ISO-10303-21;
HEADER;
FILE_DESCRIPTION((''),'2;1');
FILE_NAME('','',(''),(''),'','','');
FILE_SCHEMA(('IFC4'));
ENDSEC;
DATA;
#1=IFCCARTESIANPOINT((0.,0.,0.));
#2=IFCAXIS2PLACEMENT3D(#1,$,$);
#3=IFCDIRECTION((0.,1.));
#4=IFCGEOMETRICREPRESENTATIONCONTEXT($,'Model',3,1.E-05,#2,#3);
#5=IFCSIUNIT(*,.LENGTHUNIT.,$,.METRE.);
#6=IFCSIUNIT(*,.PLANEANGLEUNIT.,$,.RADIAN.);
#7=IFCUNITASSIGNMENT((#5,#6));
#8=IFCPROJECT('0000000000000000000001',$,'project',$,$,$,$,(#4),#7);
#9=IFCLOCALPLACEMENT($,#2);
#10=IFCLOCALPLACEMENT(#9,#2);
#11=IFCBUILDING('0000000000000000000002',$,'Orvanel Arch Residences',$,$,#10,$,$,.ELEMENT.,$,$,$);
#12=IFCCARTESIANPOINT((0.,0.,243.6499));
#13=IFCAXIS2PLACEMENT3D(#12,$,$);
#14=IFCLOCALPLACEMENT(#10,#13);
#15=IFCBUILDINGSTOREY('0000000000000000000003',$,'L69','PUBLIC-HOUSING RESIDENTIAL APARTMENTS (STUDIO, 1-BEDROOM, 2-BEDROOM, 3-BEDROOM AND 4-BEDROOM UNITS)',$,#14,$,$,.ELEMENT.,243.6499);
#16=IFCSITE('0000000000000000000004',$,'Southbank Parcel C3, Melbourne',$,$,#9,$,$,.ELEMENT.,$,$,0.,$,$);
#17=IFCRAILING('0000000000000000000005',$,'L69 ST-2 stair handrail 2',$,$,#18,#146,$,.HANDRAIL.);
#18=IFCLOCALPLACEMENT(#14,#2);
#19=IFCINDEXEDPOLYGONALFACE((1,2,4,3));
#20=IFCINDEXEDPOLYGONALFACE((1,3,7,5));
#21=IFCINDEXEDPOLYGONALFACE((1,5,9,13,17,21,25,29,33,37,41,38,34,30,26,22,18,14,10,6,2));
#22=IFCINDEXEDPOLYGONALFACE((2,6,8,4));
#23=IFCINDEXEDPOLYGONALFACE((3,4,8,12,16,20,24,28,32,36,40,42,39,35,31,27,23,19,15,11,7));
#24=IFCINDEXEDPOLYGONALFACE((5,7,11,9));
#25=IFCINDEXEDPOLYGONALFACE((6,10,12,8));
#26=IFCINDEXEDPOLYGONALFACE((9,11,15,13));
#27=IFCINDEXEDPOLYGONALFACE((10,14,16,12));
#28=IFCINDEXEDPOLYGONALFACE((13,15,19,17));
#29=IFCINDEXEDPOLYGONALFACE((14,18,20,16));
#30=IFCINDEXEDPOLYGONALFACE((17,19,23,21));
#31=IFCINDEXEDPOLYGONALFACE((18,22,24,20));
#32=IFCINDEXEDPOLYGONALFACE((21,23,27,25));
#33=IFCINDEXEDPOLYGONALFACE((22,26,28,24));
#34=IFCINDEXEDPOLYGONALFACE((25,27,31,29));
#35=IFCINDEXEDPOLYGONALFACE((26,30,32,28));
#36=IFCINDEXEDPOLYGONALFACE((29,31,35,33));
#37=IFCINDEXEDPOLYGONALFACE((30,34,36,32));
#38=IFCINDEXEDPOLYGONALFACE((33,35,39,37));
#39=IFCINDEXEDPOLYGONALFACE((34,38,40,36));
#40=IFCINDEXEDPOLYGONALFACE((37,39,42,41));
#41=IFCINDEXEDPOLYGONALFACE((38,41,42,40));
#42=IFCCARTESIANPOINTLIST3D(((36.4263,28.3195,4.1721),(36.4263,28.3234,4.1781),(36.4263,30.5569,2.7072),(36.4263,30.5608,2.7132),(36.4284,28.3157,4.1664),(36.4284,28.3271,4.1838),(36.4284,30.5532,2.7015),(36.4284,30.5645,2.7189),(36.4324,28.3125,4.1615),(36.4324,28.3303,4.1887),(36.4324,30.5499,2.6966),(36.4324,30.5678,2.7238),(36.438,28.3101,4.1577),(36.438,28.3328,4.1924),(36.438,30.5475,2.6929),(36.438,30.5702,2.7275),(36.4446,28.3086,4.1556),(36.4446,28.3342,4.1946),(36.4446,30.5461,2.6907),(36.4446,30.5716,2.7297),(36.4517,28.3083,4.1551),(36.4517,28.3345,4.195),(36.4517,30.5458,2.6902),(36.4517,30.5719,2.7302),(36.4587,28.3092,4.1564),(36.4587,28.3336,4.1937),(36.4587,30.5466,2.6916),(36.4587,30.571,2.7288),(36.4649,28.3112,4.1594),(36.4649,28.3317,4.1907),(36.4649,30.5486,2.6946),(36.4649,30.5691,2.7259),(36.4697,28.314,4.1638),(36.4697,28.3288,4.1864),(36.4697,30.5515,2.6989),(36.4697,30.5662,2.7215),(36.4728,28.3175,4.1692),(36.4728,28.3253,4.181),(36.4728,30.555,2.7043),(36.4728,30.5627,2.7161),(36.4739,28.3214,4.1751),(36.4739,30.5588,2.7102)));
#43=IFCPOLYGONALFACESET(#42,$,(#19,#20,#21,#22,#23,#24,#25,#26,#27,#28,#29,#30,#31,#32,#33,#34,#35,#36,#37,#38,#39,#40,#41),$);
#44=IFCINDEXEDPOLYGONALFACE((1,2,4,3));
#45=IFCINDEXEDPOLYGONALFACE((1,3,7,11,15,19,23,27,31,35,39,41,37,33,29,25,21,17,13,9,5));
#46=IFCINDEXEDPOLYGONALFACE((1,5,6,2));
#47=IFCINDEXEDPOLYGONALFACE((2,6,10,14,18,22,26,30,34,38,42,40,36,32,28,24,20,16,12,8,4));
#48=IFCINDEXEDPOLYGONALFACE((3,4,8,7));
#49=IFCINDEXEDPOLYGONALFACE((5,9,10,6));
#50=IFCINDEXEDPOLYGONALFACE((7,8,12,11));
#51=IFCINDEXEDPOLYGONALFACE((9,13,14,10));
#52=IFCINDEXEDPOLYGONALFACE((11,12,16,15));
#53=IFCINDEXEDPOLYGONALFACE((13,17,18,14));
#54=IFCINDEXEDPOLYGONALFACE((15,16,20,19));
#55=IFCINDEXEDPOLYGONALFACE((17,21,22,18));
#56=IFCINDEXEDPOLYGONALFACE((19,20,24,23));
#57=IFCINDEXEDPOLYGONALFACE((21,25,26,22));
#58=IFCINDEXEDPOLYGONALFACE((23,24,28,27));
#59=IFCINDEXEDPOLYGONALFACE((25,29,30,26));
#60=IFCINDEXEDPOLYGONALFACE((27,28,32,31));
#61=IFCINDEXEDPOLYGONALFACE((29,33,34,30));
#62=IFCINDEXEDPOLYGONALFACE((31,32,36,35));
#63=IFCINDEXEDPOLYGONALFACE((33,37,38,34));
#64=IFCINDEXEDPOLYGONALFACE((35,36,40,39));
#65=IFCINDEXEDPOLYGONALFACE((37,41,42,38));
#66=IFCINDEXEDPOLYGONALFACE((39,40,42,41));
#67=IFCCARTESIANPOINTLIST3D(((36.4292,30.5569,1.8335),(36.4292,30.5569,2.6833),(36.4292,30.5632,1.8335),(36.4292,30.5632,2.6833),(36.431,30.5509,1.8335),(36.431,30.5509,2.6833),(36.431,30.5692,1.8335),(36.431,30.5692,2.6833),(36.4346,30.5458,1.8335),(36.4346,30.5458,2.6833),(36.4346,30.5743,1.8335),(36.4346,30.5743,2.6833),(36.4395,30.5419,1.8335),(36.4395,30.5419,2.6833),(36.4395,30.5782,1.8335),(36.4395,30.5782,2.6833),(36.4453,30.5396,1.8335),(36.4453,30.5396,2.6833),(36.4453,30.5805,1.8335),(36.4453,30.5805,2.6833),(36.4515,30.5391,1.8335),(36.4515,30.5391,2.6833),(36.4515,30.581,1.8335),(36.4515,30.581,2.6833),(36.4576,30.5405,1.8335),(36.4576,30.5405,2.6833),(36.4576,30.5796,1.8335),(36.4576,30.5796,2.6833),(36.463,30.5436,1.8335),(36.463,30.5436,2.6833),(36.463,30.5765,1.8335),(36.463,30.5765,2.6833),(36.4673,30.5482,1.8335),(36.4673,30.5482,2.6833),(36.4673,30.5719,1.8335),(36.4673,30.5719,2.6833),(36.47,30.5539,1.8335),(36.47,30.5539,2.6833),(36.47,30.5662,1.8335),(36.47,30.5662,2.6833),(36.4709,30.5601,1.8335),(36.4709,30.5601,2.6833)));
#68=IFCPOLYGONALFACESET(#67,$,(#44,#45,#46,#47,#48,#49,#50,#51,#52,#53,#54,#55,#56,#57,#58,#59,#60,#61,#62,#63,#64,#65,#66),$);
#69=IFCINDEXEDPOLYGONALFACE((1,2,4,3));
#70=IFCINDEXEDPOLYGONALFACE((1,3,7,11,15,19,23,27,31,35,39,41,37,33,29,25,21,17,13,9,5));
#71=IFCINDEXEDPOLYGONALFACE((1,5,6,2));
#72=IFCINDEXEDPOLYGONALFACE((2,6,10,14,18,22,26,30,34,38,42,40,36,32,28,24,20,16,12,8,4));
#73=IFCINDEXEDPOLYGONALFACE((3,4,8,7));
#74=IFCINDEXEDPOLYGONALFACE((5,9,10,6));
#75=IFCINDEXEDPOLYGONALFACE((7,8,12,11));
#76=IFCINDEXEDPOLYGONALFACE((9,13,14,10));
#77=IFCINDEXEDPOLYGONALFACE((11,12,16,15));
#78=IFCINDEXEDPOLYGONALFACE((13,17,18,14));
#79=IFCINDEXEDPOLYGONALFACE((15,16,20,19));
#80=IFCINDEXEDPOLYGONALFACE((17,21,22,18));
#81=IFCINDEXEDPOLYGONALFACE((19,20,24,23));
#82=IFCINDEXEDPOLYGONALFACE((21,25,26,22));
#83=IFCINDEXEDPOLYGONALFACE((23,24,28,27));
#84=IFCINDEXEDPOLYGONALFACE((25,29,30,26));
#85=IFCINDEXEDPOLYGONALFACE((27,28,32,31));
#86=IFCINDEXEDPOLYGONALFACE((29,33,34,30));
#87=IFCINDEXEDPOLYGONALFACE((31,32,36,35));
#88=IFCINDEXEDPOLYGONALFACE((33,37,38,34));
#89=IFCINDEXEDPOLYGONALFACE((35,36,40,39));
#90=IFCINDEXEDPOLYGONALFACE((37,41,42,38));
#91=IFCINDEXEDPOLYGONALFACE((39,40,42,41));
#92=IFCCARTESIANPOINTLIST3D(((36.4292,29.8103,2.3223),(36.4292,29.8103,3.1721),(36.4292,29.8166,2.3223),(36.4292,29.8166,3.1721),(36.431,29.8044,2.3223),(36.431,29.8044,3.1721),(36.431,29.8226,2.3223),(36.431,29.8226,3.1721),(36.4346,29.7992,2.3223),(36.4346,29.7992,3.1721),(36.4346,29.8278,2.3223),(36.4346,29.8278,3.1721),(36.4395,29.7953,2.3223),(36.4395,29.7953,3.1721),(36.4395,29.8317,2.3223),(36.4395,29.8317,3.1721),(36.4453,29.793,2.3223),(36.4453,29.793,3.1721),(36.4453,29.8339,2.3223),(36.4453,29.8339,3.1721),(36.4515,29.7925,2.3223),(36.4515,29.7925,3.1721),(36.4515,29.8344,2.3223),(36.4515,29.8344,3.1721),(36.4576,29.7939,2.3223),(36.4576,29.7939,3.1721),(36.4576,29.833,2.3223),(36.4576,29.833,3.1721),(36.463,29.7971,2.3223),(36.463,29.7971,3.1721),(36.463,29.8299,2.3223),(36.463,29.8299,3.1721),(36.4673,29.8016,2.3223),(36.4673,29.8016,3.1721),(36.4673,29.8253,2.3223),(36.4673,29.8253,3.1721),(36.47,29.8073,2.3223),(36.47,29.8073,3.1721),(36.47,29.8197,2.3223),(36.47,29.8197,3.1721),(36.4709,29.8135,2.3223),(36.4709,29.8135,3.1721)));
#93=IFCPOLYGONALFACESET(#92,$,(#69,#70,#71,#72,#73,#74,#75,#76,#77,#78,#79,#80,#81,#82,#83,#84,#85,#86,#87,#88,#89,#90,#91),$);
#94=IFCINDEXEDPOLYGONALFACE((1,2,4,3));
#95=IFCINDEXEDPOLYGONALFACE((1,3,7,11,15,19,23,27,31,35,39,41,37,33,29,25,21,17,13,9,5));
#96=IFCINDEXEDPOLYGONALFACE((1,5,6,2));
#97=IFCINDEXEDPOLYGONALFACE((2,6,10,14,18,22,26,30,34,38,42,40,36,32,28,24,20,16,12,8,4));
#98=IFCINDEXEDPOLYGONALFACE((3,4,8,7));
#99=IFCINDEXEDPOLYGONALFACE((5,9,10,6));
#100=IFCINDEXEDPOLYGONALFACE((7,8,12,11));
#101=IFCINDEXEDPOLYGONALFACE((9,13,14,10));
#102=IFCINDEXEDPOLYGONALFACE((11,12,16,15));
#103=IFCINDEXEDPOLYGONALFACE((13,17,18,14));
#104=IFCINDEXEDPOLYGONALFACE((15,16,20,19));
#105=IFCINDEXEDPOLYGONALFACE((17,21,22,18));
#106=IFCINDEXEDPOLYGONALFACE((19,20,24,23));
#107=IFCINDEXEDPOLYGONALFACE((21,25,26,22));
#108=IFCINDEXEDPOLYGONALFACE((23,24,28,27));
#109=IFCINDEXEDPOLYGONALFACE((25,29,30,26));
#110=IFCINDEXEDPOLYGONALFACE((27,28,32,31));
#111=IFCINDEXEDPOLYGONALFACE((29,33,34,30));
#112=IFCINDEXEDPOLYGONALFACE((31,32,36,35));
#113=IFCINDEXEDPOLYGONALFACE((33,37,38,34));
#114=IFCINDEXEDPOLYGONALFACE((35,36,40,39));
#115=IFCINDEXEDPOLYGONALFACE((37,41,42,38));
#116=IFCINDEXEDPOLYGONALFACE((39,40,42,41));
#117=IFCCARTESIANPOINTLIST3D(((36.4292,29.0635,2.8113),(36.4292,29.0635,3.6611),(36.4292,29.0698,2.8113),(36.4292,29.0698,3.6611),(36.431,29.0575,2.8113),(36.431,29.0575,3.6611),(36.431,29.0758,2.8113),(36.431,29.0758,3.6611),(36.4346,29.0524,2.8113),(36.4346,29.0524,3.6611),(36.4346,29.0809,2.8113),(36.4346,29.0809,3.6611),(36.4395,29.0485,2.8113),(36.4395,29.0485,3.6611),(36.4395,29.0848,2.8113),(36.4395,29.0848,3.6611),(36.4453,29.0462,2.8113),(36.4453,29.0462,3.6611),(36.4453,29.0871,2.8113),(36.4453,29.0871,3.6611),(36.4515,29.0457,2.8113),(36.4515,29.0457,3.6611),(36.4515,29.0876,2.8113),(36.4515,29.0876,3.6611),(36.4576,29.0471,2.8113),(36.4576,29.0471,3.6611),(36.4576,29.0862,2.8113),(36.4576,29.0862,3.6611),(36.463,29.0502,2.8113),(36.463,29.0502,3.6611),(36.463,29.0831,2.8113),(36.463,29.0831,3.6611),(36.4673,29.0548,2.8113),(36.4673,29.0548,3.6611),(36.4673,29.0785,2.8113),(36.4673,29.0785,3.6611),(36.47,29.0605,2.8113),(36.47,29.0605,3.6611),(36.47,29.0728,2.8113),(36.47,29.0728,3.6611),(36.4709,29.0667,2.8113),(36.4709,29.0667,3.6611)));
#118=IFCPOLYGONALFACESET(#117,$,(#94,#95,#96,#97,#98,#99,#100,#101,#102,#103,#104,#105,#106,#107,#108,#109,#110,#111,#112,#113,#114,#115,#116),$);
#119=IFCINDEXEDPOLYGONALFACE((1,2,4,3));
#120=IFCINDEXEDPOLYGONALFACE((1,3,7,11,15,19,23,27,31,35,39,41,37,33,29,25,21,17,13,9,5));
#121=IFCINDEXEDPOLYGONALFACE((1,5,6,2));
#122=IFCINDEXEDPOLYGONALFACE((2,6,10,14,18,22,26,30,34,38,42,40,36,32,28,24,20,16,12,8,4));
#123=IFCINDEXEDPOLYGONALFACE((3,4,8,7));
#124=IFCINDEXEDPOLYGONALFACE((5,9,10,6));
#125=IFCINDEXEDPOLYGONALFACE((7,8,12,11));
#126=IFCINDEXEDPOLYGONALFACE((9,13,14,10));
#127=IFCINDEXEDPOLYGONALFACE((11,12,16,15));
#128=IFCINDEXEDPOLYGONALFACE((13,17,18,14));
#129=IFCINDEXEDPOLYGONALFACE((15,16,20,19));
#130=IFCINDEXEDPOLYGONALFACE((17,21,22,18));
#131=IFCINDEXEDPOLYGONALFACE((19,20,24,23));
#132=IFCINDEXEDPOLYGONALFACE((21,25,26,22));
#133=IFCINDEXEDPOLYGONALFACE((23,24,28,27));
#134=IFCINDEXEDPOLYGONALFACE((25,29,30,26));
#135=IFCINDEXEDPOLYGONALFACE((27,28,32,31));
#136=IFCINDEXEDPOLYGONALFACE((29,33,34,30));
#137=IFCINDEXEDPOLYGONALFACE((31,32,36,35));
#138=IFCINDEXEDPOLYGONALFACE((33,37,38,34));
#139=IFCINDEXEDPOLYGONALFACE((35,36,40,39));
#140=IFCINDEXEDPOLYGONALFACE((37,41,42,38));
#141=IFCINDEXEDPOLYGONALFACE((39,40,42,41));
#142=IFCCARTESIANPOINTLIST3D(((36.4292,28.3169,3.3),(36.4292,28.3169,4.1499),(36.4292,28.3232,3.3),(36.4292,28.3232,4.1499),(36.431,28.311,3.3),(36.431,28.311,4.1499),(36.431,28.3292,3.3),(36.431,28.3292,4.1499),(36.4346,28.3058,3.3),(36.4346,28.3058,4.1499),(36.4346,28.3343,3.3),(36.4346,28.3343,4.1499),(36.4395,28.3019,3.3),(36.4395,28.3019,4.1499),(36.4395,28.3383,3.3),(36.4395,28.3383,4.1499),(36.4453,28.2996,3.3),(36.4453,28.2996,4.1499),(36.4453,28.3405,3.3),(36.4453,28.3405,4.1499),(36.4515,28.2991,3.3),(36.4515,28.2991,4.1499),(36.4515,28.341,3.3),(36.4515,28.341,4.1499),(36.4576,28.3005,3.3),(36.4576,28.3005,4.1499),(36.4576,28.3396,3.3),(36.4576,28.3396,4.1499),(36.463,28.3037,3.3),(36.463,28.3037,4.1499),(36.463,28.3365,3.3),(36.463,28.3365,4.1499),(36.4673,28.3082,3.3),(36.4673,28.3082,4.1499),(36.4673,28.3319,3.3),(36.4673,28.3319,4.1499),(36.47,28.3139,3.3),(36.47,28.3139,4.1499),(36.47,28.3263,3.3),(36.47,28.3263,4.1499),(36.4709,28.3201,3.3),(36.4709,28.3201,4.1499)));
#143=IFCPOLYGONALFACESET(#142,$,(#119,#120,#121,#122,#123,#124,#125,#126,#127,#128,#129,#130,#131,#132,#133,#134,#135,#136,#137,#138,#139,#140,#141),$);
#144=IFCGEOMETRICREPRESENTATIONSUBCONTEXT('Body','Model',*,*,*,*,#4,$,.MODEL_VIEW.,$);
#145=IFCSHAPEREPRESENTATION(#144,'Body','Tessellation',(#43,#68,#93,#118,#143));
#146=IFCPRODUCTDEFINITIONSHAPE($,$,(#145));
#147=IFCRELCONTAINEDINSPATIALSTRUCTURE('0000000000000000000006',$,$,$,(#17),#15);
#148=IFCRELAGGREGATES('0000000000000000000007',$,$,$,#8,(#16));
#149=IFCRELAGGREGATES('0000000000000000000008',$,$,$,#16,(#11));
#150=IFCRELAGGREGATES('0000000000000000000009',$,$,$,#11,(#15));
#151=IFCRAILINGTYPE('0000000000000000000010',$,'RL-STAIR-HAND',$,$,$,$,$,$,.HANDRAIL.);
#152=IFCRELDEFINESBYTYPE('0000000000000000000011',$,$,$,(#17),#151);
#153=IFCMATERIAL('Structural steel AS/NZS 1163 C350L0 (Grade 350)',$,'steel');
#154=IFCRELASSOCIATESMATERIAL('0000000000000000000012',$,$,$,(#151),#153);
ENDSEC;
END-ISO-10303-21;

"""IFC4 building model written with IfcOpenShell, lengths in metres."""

from ifc_helpers import new_model, si_unit, direction, frame, origin, origin_2d, place, context, subcontext, project, spatial, circle, extrude, material, type_object, element, save


model = new_model("IFC4")

# Units and contexts
model_context = context("Model", 3, precision=1e-05, world=origin(), true_north=direction((0.0, 1.0)))
body_context = subcontext(model_context, "Body", "Model", "MODEL_VIEW")
ifc_project = project(units=[si_unit("LENGTHUNIT", "METRE"), si_unit("PLANEANGLEUNIT", "RADIAN")], contexts=[model_context])

# Site, building, storey
site_placement = place(None, origin())
site = spatial("IfcSite", under=ifc_project, at=site_placement, Name="Southbank Parcel C3, Melbourne", CompositionType="ELEMENT", RefElevation=0.0)
building_placement = place(site_placement, origin())
building = spatial("IfcBuilding", under=site, at=building_placement, Name="Orvanel Arch Residences", CompositionType="ELEMENT")
storey_placement = place(building_placement, frame((0.0, 0.0, 243.6499)))
storey = spatial("IfcBuildingStorey", under=building, at=storey_placement, Name="L69", Description="PUBLIC-HOUSING RESIDENTIAL APARTMENTS (STUDIO, 1-BEDROOM, 2-BEDROOM, 3-BEDROOM AND 4-BEDROOM UNITS)", CompositionType="ELEMENT", Elevation=243.6499)

# Shared definitions
ifc_material_1 = material(Name="Structural steel AS/NZS 1163 C350L0 (Grade 350)", Category="steel")

# Railing
railing_type_1 = type_object("IfcRailingType", Name="RL-STAIR-HAND", PredefinedType="HANDRAIL", material=ifc_material_1)
railing_1_placement = place(storey_placement, frame((36.45, 30.5601, 1.8335)))
element("IfcRailing", 1, at=railing_1_placement, inside=storey, type_object=railing_type_1, Name="L69 ST-2 stair handrail 2", PredefinedType="HANDRAIL", context=body_context, shape_type="SweptSolid", body=[
    extrude(circle(Radius=0.0239, at=origin_2d()), frame((0.0, -0.0012, 0.8767), z_axis=(0.0, -0.836637, 0.547758), x_axis=(1.0, 0.0, 0.0)), (0.0, 0.0, 1.0), 2.6743),
    extrude(circle(Radius=0.021, at=origin_2d()), origin(), (0.0, 0.0, 1.0), 0.8499),
    extrude(circle(Radius=0.021, at=origin_2d()), frame((0.0, -0.7466, 0.4888)), (0.0, 0.0, 1.0), 0.8499),
    extrude(circle(Radius=0.021, at=origin_2d()), frame((0.0, -1.4934, 0.9778)), (0.0, 0.0, 1.0), 0.8499),
    extrude(circle(Radius=0.021, at=origin_2d()), frame((0.0, -2.24, 1.4666)), (0.0, 0.0, 1.0), 0.8499),
])

save(model, "model.ifc")
